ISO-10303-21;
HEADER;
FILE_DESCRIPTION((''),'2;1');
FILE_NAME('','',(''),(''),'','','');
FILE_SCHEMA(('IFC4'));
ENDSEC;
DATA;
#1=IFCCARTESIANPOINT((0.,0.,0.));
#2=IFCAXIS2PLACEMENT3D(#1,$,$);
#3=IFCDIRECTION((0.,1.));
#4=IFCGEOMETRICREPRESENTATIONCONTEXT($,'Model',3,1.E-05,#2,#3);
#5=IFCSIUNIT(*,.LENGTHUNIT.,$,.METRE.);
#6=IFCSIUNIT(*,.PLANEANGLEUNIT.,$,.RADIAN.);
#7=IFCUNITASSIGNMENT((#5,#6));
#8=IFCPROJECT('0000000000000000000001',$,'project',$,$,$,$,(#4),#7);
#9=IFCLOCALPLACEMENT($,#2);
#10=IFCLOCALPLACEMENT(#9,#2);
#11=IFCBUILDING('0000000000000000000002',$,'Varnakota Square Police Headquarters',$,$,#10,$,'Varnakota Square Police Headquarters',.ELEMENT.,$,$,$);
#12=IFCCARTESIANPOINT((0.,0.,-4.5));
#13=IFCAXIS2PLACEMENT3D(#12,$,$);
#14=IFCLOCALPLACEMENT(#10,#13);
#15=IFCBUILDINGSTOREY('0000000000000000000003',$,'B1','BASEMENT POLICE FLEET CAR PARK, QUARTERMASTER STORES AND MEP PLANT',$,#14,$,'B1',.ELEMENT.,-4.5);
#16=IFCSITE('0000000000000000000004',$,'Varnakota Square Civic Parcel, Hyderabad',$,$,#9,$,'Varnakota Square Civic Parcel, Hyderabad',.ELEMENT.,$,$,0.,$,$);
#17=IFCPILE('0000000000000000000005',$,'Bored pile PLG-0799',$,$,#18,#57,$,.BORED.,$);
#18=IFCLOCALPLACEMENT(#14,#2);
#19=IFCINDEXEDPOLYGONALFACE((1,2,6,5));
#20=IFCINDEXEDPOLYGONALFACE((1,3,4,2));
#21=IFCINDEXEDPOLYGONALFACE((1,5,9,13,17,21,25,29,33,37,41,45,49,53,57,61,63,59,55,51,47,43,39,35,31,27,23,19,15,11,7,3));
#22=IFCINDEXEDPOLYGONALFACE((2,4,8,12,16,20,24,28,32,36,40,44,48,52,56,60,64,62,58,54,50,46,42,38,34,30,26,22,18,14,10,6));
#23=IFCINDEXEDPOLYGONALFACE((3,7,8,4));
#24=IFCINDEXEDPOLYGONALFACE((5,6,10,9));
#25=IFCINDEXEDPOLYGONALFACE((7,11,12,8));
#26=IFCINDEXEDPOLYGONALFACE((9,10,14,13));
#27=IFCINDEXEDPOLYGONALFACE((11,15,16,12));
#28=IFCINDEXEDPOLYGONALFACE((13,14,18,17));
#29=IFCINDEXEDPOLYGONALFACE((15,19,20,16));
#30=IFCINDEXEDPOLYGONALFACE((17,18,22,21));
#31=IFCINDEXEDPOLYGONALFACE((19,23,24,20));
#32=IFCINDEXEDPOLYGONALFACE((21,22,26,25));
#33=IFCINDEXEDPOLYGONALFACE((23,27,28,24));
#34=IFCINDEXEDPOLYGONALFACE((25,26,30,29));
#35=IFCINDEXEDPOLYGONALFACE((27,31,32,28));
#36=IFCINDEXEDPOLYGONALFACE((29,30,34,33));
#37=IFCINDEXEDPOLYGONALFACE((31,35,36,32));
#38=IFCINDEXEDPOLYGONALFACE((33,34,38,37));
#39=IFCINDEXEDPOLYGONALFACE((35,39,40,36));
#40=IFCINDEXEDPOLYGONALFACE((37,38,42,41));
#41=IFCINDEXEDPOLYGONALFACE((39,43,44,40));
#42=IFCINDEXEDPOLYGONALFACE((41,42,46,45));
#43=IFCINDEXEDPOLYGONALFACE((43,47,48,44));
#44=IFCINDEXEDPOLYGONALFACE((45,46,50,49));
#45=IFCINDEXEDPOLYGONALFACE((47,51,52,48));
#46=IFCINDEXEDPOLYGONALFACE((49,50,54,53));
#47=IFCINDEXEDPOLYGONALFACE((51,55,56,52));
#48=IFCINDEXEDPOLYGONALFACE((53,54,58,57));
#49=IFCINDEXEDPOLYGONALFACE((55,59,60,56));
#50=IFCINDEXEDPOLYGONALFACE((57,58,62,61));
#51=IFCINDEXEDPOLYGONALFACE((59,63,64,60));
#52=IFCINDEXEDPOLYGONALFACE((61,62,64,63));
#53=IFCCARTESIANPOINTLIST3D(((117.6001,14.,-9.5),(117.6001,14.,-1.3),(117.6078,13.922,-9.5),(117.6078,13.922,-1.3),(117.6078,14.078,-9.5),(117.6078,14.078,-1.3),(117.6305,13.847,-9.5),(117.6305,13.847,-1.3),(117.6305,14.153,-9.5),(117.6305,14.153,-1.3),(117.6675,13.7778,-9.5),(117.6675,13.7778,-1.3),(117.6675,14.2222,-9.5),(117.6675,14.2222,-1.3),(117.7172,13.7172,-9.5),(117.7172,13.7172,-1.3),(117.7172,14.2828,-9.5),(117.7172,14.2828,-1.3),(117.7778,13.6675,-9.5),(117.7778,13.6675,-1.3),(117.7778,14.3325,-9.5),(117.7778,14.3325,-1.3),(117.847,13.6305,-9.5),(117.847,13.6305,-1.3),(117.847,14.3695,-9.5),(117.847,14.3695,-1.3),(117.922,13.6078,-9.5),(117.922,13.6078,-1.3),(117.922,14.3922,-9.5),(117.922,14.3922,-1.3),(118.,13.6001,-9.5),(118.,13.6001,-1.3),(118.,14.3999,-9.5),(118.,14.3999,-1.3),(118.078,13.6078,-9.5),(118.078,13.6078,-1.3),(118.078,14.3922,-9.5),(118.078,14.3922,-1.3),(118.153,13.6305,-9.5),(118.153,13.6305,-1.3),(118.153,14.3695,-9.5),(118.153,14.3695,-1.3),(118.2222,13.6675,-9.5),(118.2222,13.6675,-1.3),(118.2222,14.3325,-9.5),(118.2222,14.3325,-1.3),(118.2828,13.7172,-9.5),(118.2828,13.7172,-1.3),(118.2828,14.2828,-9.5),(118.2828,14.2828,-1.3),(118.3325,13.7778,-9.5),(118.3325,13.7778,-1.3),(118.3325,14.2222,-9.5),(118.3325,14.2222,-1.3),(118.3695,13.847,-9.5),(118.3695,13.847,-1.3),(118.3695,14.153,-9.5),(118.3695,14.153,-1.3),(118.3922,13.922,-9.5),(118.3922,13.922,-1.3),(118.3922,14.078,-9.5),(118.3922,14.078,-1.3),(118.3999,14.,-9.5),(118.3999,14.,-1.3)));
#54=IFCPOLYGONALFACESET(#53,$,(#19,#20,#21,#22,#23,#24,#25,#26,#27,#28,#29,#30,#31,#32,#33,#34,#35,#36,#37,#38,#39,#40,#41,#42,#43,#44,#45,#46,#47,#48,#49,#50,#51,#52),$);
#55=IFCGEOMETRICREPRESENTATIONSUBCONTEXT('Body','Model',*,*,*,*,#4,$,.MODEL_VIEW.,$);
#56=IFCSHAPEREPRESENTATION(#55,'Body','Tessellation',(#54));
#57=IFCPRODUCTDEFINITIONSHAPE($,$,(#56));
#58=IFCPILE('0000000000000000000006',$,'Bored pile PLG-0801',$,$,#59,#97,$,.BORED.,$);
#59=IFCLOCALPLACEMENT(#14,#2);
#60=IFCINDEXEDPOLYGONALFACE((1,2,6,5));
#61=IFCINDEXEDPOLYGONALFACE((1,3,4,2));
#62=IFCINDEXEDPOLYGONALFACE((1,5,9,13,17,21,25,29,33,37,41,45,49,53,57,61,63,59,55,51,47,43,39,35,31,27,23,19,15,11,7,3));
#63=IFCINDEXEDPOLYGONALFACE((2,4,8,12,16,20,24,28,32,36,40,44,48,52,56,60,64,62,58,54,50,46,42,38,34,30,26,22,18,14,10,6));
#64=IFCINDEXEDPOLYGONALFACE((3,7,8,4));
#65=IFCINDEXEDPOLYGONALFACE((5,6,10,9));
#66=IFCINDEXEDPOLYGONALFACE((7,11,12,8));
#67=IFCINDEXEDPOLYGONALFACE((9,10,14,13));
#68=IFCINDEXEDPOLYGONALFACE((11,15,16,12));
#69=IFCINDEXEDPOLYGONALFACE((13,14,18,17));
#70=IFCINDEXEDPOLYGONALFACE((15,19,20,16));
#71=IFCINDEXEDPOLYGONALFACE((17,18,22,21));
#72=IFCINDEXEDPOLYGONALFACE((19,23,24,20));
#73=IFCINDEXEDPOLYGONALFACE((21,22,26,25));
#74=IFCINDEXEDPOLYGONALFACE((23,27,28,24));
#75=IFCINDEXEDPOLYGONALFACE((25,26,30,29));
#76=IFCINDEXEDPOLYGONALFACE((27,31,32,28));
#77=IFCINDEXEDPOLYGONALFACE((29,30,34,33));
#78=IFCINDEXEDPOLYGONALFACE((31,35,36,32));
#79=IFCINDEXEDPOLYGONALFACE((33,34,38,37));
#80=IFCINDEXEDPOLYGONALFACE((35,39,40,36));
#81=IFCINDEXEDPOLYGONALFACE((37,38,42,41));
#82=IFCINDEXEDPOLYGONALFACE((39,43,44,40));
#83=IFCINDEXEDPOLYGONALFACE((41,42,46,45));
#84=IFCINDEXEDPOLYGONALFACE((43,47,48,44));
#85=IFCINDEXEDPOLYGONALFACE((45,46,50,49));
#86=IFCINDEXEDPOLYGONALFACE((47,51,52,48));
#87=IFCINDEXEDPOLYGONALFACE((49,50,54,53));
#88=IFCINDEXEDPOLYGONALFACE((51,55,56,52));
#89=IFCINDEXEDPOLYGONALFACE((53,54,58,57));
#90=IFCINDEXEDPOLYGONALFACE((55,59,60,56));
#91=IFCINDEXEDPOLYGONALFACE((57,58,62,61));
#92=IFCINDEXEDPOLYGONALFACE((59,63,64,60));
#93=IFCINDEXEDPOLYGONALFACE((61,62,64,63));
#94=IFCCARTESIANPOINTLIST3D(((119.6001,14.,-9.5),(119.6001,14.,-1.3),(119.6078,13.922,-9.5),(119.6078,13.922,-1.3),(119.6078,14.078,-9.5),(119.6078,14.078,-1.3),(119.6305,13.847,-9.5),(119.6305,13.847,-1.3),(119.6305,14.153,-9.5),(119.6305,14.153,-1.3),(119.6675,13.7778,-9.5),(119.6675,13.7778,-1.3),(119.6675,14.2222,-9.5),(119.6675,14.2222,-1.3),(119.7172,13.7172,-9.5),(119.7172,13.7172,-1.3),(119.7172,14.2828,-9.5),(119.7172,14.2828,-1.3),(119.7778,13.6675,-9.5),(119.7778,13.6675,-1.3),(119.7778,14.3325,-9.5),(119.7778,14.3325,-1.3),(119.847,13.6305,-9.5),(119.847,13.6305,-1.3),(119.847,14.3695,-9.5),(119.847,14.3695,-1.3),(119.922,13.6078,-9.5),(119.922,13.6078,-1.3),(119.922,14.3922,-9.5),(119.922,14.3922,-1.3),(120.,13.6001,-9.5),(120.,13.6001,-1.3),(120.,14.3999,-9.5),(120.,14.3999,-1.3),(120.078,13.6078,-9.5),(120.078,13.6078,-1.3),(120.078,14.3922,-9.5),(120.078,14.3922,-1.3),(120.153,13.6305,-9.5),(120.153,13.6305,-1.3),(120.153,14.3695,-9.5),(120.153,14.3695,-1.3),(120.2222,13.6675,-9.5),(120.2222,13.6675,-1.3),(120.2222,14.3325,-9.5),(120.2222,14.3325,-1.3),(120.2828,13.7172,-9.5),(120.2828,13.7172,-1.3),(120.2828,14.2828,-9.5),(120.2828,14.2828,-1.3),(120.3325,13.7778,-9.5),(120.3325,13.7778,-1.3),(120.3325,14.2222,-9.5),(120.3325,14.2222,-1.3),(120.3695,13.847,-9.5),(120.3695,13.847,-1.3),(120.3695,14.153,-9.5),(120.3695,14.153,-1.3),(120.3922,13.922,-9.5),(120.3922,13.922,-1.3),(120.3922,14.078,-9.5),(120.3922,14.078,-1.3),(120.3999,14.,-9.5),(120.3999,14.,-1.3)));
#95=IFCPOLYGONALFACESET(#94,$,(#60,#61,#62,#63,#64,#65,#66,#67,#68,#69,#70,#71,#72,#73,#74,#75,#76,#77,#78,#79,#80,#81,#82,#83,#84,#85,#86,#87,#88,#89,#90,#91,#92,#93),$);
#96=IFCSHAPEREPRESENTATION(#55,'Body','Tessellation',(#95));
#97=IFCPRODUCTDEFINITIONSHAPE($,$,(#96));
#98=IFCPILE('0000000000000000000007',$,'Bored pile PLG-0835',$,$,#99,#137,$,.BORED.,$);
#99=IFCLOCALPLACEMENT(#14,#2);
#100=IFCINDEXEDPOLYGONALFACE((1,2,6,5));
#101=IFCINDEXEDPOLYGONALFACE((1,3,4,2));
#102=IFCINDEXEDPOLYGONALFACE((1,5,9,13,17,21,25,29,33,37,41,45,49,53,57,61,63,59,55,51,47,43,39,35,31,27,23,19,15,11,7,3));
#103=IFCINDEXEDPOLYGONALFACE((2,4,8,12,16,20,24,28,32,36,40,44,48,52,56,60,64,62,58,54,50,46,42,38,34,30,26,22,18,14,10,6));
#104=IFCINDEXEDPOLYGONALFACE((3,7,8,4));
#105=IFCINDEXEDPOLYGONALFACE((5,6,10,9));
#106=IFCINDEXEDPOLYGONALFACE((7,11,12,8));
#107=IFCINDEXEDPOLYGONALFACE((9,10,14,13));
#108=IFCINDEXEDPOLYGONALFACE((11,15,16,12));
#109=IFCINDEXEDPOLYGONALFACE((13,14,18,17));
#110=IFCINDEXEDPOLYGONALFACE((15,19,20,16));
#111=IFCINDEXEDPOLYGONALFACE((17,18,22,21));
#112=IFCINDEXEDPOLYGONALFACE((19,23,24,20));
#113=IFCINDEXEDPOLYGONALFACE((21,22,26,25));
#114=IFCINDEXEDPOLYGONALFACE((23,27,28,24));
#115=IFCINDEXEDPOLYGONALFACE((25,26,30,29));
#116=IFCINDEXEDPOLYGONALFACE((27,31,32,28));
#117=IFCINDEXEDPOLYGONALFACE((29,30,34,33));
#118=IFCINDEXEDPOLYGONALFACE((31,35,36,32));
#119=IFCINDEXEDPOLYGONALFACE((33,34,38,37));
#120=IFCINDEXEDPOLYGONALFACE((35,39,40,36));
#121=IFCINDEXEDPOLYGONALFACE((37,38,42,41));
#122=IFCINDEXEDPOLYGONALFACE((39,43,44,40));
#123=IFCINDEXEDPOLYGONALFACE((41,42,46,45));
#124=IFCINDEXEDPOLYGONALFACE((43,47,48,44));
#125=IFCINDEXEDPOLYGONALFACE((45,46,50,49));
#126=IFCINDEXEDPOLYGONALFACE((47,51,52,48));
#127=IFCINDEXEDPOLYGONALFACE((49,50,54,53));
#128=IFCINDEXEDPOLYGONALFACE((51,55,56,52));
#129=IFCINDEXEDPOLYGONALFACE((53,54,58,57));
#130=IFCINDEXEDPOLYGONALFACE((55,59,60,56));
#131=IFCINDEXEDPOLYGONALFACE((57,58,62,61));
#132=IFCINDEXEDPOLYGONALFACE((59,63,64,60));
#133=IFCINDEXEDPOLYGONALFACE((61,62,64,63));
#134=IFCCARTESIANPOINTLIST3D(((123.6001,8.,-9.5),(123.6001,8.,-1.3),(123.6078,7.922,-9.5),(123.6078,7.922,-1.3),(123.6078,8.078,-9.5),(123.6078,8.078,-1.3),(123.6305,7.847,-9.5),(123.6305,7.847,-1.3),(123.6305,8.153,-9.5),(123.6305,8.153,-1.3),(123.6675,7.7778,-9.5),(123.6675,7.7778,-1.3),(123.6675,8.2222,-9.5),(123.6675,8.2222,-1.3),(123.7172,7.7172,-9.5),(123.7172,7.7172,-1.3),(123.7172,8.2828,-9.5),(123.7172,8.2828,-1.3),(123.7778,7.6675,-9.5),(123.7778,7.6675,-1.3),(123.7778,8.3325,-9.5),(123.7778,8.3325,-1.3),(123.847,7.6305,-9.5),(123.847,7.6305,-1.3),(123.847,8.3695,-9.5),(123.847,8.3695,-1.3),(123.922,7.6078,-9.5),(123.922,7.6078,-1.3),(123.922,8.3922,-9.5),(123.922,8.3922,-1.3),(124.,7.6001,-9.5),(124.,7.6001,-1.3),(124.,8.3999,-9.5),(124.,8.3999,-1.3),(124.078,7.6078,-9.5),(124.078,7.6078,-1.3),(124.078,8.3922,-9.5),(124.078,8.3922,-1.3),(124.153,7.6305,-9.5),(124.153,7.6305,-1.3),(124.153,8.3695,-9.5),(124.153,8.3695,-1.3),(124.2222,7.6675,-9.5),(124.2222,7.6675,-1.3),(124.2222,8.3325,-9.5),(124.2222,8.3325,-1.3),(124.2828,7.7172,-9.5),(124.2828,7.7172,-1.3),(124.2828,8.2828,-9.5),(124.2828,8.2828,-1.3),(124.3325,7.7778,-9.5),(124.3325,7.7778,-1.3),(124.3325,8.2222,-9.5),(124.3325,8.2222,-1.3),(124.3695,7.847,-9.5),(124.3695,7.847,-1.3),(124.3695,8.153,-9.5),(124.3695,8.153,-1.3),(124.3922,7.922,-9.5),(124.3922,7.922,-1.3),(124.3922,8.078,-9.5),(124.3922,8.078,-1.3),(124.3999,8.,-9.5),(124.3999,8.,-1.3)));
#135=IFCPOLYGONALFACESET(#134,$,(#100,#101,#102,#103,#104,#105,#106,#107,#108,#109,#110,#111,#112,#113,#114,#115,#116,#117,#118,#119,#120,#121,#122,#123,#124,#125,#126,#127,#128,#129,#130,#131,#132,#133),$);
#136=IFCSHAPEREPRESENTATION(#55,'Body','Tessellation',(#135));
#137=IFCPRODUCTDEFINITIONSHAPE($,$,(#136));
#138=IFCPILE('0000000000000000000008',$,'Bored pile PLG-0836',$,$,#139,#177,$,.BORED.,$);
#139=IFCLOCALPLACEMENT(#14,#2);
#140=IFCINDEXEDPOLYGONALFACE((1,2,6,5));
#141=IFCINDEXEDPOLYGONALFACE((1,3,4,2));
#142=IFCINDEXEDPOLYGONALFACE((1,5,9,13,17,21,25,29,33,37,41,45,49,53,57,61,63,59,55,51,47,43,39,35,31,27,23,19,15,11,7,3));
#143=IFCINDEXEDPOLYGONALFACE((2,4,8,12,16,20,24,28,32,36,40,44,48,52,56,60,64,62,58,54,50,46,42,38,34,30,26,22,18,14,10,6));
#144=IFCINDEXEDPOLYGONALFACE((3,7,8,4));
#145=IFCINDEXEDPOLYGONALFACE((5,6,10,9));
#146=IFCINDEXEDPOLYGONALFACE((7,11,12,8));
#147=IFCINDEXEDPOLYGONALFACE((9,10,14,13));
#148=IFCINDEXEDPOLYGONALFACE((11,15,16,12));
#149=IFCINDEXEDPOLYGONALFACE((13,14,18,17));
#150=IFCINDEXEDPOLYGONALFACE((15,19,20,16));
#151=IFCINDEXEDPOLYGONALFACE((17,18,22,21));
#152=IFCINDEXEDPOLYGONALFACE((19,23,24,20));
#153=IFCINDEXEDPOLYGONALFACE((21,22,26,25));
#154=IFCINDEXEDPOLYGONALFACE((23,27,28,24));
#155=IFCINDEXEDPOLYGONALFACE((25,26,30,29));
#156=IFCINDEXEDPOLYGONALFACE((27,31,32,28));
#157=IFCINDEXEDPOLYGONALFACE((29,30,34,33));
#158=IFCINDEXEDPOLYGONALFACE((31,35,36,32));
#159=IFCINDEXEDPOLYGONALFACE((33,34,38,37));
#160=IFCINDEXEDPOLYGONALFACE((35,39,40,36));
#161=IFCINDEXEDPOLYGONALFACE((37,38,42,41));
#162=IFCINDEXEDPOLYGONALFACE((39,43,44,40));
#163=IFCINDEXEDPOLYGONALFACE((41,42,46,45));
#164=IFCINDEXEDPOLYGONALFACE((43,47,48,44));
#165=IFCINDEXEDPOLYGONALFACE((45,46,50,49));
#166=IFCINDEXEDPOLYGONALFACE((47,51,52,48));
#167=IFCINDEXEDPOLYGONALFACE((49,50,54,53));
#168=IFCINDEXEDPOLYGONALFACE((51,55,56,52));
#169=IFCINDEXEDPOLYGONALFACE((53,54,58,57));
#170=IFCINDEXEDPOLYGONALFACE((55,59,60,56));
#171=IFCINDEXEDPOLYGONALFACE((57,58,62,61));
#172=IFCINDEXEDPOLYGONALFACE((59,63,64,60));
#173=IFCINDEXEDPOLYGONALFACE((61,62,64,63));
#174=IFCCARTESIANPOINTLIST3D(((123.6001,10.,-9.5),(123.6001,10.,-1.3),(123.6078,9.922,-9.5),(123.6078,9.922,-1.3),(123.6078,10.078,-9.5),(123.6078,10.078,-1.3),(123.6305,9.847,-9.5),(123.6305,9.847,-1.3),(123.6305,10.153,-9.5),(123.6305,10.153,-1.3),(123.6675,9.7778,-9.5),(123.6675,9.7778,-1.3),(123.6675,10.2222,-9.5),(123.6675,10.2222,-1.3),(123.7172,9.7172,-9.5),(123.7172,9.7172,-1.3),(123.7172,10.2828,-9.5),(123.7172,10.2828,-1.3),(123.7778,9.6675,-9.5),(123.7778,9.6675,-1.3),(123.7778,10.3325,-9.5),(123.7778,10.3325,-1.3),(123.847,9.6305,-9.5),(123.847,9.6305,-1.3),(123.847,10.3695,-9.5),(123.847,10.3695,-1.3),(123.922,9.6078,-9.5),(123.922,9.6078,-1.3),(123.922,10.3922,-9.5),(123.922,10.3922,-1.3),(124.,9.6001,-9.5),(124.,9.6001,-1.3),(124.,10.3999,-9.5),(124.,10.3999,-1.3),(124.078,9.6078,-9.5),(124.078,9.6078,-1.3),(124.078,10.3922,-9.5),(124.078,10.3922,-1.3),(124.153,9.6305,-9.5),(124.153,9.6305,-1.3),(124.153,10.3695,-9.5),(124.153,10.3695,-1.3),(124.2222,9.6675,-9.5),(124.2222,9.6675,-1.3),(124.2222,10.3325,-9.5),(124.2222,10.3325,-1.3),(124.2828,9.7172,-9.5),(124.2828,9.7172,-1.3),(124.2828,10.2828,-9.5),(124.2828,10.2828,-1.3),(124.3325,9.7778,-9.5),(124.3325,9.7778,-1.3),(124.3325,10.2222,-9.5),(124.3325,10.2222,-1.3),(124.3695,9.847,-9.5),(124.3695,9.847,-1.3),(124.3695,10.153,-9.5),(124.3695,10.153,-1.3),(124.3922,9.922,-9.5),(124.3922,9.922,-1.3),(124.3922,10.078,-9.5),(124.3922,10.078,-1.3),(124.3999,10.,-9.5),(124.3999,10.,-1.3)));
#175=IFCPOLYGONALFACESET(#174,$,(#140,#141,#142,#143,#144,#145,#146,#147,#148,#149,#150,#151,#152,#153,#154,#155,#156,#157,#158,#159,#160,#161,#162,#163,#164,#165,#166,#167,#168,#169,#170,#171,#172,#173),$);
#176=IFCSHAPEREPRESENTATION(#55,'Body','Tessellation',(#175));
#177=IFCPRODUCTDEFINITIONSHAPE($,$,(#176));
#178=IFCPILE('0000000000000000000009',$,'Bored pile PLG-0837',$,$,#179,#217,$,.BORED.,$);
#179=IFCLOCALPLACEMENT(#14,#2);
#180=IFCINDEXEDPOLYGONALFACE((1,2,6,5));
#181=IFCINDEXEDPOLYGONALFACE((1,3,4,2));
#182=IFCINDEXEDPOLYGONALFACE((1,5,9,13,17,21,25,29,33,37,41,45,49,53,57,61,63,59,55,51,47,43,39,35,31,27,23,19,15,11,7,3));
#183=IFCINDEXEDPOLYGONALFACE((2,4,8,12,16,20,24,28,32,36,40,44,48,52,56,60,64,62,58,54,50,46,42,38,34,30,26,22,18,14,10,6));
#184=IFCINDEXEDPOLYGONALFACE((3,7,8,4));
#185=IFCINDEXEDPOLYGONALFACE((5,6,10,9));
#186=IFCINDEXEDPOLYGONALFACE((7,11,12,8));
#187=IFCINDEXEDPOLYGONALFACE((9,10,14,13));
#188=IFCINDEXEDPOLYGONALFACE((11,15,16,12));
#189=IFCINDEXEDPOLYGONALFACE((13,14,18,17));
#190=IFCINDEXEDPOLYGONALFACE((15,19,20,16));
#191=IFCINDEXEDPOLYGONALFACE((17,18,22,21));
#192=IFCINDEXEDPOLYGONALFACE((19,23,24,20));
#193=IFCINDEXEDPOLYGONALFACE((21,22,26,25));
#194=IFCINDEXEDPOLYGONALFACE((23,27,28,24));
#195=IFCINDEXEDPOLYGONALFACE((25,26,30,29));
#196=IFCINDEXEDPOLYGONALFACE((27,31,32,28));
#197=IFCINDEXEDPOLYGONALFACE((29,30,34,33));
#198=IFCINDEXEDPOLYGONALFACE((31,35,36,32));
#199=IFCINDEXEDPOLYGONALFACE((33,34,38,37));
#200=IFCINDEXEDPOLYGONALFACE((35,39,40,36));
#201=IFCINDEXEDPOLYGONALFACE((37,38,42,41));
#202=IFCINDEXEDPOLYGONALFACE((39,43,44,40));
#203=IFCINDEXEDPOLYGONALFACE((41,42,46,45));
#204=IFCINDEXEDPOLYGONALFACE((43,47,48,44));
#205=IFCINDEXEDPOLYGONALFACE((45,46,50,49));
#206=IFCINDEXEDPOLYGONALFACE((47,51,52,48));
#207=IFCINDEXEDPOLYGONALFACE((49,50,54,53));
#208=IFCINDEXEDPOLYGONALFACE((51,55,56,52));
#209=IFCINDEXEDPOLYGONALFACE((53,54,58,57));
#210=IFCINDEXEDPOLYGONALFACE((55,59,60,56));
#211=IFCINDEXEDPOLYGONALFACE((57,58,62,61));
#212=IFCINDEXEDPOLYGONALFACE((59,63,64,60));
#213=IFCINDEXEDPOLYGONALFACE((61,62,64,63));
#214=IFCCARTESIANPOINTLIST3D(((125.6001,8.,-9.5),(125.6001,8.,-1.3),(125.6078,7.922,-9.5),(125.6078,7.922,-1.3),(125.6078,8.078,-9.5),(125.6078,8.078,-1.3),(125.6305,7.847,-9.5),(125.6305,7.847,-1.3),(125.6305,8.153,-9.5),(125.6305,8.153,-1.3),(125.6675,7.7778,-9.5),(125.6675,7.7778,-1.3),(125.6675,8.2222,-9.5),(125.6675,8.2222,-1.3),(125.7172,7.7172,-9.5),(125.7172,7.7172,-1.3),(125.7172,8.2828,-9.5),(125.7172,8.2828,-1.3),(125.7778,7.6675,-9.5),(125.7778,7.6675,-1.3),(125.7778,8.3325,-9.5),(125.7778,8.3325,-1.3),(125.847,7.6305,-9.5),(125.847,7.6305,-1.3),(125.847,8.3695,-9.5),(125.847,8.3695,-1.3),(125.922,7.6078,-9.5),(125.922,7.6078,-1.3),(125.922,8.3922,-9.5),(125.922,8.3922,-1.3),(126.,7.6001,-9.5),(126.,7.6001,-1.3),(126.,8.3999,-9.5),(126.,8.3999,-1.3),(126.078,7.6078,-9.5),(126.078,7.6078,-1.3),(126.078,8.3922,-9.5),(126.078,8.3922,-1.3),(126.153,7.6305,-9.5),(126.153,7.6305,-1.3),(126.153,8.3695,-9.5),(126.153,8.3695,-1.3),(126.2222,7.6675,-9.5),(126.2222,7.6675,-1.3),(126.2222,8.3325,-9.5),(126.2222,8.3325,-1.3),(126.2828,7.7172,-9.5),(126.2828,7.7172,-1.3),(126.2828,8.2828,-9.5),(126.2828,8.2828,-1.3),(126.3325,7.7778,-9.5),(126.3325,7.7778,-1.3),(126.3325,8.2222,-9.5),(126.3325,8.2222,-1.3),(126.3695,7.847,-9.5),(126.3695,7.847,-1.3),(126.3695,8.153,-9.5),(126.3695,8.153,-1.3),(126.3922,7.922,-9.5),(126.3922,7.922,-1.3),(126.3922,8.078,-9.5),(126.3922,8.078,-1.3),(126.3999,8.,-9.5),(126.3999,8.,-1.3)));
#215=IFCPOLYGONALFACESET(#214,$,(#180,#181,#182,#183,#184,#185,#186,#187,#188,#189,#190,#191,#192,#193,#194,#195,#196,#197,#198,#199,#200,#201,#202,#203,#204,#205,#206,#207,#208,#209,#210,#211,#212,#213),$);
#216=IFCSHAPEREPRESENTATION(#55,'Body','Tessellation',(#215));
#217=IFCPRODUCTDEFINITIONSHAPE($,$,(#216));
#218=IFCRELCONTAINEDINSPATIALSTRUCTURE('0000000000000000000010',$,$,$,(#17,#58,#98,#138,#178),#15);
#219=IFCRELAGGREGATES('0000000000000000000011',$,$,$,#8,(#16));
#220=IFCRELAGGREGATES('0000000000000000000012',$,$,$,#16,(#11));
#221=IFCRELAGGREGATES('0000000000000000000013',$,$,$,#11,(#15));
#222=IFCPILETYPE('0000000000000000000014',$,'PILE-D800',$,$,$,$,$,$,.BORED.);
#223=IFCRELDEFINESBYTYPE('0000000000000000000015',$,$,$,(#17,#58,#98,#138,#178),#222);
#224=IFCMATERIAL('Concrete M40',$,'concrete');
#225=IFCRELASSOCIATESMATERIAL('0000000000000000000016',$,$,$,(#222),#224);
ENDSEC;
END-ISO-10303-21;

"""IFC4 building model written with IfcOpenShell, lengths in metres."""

from ifc_helpers import new_model, si_unit, direction, frame, origin, origin_2d, place, context, subcontext, project, spatial, circle, extrude, material, material_profile, profile_set, type_object, element, save


model = new_model("IFC4")

# Units and contexts
model_context = context("Model", 3, precision=1e-05, world=origin(), true_north=direction((0.0, 1.0)))
body_context = subcontext(model_context, "Body", "Model", "MODEL_VIEW")
ifc_project = project(units=[si_unit("LENGTHUNIT", "METRE"), si_unit("PLANEANGLEUNIT", "RADIAN")], contexts=[model_context])

# Site, building, storey
site_placement = place(None, origin())
site = spatial("IfcSite", under=ifc_project, at=site_placement, Name="Varnakota Square Civic Parcel, Hyderabad", LongName="Varnakota Square Civic Parcel, Hyderabad", CompositionType="ELEMENT", RefElevation=0.0)
building_placement = place(site_placement, origin())
building = spatial("IfcBuilding", under=site, at=building_placement, Name="Varnakota Square Police Headquarters", LongName="Varnakota Square Police Headquarters", CompositionType="ELEMENT")
storey_placement = place(building_placement, frame((0.0, 0.0, -4.5)))
storey = spatial("IfcBuildingStorey", under=building, at=storey_placement, Name="B1", Description="BASEMENT POLICE FLEET CAR PARK, QUARTERMASTER STORES AND MEP PLANT", LongName="B1", CompositionType="ELEMENT", Elevation=-4.5)

# Shared definitions
ifc_material_1 = material(Name="Concrete M40", Category="concrete")

# Piles
ifc_material_profile_1 = material_profile(ifc_material_1, circle(Radius=0.3999, at=origin_2d()), Name="BORED PILE 800")
ifc_profile_set_1 = profile_set([ifc_material_profile_1], Name="Concrete M40")
pile_type = type_object("IfcPileType", Name="PILE-D800", PredefinedType="BORED", material=ifc_profile_set_1)
for number, where, z_axis, x_axis, name in (
    (1, (118.0, 14.0, -1.3), (0.0, 0.0, -1.0), (1.0, 0.0, 0.0), "Bored pile PLG-0799"),
    (2, (120.0, 14.0, -1.3), (0.0, 0.0, -1.0), (1.0, 0.0, 0.0), "Bored pile PLG-0801"),
    (3, (124.0, 8.0, -1.3), (0.0, 0.0, -1.0), (1.0, 0.0, 0.0), "Bored pile PLG-0835"),
    (4, (124.0, 10.0, -1.3), (0.0, 0.0, -1.0), (1.0, 0.0, 0.0), "Bored pile PLG-0836"),
    (5, (126.0, 8.0, -1.3), (0.0, 0.0, -1.0), (1.0, 0.0, 0.0), "Bored pile PLG-0837"),
):
    element("IfcPile", number, at=place(storey_placement, frame(where, z_axis=z_axis, x_axis=x_axis)), inside=storey, type_object=pile_type, Name=name, PredefinedType="BORED", context=body_context, shape_type="SweptSolid", body=[
        extrude(circle(Radius=0.3999, at=origin_2d()), origin(), (0.0, 0.0, 1.0), 8.2),
    ])

save(model, "model.ifc")
